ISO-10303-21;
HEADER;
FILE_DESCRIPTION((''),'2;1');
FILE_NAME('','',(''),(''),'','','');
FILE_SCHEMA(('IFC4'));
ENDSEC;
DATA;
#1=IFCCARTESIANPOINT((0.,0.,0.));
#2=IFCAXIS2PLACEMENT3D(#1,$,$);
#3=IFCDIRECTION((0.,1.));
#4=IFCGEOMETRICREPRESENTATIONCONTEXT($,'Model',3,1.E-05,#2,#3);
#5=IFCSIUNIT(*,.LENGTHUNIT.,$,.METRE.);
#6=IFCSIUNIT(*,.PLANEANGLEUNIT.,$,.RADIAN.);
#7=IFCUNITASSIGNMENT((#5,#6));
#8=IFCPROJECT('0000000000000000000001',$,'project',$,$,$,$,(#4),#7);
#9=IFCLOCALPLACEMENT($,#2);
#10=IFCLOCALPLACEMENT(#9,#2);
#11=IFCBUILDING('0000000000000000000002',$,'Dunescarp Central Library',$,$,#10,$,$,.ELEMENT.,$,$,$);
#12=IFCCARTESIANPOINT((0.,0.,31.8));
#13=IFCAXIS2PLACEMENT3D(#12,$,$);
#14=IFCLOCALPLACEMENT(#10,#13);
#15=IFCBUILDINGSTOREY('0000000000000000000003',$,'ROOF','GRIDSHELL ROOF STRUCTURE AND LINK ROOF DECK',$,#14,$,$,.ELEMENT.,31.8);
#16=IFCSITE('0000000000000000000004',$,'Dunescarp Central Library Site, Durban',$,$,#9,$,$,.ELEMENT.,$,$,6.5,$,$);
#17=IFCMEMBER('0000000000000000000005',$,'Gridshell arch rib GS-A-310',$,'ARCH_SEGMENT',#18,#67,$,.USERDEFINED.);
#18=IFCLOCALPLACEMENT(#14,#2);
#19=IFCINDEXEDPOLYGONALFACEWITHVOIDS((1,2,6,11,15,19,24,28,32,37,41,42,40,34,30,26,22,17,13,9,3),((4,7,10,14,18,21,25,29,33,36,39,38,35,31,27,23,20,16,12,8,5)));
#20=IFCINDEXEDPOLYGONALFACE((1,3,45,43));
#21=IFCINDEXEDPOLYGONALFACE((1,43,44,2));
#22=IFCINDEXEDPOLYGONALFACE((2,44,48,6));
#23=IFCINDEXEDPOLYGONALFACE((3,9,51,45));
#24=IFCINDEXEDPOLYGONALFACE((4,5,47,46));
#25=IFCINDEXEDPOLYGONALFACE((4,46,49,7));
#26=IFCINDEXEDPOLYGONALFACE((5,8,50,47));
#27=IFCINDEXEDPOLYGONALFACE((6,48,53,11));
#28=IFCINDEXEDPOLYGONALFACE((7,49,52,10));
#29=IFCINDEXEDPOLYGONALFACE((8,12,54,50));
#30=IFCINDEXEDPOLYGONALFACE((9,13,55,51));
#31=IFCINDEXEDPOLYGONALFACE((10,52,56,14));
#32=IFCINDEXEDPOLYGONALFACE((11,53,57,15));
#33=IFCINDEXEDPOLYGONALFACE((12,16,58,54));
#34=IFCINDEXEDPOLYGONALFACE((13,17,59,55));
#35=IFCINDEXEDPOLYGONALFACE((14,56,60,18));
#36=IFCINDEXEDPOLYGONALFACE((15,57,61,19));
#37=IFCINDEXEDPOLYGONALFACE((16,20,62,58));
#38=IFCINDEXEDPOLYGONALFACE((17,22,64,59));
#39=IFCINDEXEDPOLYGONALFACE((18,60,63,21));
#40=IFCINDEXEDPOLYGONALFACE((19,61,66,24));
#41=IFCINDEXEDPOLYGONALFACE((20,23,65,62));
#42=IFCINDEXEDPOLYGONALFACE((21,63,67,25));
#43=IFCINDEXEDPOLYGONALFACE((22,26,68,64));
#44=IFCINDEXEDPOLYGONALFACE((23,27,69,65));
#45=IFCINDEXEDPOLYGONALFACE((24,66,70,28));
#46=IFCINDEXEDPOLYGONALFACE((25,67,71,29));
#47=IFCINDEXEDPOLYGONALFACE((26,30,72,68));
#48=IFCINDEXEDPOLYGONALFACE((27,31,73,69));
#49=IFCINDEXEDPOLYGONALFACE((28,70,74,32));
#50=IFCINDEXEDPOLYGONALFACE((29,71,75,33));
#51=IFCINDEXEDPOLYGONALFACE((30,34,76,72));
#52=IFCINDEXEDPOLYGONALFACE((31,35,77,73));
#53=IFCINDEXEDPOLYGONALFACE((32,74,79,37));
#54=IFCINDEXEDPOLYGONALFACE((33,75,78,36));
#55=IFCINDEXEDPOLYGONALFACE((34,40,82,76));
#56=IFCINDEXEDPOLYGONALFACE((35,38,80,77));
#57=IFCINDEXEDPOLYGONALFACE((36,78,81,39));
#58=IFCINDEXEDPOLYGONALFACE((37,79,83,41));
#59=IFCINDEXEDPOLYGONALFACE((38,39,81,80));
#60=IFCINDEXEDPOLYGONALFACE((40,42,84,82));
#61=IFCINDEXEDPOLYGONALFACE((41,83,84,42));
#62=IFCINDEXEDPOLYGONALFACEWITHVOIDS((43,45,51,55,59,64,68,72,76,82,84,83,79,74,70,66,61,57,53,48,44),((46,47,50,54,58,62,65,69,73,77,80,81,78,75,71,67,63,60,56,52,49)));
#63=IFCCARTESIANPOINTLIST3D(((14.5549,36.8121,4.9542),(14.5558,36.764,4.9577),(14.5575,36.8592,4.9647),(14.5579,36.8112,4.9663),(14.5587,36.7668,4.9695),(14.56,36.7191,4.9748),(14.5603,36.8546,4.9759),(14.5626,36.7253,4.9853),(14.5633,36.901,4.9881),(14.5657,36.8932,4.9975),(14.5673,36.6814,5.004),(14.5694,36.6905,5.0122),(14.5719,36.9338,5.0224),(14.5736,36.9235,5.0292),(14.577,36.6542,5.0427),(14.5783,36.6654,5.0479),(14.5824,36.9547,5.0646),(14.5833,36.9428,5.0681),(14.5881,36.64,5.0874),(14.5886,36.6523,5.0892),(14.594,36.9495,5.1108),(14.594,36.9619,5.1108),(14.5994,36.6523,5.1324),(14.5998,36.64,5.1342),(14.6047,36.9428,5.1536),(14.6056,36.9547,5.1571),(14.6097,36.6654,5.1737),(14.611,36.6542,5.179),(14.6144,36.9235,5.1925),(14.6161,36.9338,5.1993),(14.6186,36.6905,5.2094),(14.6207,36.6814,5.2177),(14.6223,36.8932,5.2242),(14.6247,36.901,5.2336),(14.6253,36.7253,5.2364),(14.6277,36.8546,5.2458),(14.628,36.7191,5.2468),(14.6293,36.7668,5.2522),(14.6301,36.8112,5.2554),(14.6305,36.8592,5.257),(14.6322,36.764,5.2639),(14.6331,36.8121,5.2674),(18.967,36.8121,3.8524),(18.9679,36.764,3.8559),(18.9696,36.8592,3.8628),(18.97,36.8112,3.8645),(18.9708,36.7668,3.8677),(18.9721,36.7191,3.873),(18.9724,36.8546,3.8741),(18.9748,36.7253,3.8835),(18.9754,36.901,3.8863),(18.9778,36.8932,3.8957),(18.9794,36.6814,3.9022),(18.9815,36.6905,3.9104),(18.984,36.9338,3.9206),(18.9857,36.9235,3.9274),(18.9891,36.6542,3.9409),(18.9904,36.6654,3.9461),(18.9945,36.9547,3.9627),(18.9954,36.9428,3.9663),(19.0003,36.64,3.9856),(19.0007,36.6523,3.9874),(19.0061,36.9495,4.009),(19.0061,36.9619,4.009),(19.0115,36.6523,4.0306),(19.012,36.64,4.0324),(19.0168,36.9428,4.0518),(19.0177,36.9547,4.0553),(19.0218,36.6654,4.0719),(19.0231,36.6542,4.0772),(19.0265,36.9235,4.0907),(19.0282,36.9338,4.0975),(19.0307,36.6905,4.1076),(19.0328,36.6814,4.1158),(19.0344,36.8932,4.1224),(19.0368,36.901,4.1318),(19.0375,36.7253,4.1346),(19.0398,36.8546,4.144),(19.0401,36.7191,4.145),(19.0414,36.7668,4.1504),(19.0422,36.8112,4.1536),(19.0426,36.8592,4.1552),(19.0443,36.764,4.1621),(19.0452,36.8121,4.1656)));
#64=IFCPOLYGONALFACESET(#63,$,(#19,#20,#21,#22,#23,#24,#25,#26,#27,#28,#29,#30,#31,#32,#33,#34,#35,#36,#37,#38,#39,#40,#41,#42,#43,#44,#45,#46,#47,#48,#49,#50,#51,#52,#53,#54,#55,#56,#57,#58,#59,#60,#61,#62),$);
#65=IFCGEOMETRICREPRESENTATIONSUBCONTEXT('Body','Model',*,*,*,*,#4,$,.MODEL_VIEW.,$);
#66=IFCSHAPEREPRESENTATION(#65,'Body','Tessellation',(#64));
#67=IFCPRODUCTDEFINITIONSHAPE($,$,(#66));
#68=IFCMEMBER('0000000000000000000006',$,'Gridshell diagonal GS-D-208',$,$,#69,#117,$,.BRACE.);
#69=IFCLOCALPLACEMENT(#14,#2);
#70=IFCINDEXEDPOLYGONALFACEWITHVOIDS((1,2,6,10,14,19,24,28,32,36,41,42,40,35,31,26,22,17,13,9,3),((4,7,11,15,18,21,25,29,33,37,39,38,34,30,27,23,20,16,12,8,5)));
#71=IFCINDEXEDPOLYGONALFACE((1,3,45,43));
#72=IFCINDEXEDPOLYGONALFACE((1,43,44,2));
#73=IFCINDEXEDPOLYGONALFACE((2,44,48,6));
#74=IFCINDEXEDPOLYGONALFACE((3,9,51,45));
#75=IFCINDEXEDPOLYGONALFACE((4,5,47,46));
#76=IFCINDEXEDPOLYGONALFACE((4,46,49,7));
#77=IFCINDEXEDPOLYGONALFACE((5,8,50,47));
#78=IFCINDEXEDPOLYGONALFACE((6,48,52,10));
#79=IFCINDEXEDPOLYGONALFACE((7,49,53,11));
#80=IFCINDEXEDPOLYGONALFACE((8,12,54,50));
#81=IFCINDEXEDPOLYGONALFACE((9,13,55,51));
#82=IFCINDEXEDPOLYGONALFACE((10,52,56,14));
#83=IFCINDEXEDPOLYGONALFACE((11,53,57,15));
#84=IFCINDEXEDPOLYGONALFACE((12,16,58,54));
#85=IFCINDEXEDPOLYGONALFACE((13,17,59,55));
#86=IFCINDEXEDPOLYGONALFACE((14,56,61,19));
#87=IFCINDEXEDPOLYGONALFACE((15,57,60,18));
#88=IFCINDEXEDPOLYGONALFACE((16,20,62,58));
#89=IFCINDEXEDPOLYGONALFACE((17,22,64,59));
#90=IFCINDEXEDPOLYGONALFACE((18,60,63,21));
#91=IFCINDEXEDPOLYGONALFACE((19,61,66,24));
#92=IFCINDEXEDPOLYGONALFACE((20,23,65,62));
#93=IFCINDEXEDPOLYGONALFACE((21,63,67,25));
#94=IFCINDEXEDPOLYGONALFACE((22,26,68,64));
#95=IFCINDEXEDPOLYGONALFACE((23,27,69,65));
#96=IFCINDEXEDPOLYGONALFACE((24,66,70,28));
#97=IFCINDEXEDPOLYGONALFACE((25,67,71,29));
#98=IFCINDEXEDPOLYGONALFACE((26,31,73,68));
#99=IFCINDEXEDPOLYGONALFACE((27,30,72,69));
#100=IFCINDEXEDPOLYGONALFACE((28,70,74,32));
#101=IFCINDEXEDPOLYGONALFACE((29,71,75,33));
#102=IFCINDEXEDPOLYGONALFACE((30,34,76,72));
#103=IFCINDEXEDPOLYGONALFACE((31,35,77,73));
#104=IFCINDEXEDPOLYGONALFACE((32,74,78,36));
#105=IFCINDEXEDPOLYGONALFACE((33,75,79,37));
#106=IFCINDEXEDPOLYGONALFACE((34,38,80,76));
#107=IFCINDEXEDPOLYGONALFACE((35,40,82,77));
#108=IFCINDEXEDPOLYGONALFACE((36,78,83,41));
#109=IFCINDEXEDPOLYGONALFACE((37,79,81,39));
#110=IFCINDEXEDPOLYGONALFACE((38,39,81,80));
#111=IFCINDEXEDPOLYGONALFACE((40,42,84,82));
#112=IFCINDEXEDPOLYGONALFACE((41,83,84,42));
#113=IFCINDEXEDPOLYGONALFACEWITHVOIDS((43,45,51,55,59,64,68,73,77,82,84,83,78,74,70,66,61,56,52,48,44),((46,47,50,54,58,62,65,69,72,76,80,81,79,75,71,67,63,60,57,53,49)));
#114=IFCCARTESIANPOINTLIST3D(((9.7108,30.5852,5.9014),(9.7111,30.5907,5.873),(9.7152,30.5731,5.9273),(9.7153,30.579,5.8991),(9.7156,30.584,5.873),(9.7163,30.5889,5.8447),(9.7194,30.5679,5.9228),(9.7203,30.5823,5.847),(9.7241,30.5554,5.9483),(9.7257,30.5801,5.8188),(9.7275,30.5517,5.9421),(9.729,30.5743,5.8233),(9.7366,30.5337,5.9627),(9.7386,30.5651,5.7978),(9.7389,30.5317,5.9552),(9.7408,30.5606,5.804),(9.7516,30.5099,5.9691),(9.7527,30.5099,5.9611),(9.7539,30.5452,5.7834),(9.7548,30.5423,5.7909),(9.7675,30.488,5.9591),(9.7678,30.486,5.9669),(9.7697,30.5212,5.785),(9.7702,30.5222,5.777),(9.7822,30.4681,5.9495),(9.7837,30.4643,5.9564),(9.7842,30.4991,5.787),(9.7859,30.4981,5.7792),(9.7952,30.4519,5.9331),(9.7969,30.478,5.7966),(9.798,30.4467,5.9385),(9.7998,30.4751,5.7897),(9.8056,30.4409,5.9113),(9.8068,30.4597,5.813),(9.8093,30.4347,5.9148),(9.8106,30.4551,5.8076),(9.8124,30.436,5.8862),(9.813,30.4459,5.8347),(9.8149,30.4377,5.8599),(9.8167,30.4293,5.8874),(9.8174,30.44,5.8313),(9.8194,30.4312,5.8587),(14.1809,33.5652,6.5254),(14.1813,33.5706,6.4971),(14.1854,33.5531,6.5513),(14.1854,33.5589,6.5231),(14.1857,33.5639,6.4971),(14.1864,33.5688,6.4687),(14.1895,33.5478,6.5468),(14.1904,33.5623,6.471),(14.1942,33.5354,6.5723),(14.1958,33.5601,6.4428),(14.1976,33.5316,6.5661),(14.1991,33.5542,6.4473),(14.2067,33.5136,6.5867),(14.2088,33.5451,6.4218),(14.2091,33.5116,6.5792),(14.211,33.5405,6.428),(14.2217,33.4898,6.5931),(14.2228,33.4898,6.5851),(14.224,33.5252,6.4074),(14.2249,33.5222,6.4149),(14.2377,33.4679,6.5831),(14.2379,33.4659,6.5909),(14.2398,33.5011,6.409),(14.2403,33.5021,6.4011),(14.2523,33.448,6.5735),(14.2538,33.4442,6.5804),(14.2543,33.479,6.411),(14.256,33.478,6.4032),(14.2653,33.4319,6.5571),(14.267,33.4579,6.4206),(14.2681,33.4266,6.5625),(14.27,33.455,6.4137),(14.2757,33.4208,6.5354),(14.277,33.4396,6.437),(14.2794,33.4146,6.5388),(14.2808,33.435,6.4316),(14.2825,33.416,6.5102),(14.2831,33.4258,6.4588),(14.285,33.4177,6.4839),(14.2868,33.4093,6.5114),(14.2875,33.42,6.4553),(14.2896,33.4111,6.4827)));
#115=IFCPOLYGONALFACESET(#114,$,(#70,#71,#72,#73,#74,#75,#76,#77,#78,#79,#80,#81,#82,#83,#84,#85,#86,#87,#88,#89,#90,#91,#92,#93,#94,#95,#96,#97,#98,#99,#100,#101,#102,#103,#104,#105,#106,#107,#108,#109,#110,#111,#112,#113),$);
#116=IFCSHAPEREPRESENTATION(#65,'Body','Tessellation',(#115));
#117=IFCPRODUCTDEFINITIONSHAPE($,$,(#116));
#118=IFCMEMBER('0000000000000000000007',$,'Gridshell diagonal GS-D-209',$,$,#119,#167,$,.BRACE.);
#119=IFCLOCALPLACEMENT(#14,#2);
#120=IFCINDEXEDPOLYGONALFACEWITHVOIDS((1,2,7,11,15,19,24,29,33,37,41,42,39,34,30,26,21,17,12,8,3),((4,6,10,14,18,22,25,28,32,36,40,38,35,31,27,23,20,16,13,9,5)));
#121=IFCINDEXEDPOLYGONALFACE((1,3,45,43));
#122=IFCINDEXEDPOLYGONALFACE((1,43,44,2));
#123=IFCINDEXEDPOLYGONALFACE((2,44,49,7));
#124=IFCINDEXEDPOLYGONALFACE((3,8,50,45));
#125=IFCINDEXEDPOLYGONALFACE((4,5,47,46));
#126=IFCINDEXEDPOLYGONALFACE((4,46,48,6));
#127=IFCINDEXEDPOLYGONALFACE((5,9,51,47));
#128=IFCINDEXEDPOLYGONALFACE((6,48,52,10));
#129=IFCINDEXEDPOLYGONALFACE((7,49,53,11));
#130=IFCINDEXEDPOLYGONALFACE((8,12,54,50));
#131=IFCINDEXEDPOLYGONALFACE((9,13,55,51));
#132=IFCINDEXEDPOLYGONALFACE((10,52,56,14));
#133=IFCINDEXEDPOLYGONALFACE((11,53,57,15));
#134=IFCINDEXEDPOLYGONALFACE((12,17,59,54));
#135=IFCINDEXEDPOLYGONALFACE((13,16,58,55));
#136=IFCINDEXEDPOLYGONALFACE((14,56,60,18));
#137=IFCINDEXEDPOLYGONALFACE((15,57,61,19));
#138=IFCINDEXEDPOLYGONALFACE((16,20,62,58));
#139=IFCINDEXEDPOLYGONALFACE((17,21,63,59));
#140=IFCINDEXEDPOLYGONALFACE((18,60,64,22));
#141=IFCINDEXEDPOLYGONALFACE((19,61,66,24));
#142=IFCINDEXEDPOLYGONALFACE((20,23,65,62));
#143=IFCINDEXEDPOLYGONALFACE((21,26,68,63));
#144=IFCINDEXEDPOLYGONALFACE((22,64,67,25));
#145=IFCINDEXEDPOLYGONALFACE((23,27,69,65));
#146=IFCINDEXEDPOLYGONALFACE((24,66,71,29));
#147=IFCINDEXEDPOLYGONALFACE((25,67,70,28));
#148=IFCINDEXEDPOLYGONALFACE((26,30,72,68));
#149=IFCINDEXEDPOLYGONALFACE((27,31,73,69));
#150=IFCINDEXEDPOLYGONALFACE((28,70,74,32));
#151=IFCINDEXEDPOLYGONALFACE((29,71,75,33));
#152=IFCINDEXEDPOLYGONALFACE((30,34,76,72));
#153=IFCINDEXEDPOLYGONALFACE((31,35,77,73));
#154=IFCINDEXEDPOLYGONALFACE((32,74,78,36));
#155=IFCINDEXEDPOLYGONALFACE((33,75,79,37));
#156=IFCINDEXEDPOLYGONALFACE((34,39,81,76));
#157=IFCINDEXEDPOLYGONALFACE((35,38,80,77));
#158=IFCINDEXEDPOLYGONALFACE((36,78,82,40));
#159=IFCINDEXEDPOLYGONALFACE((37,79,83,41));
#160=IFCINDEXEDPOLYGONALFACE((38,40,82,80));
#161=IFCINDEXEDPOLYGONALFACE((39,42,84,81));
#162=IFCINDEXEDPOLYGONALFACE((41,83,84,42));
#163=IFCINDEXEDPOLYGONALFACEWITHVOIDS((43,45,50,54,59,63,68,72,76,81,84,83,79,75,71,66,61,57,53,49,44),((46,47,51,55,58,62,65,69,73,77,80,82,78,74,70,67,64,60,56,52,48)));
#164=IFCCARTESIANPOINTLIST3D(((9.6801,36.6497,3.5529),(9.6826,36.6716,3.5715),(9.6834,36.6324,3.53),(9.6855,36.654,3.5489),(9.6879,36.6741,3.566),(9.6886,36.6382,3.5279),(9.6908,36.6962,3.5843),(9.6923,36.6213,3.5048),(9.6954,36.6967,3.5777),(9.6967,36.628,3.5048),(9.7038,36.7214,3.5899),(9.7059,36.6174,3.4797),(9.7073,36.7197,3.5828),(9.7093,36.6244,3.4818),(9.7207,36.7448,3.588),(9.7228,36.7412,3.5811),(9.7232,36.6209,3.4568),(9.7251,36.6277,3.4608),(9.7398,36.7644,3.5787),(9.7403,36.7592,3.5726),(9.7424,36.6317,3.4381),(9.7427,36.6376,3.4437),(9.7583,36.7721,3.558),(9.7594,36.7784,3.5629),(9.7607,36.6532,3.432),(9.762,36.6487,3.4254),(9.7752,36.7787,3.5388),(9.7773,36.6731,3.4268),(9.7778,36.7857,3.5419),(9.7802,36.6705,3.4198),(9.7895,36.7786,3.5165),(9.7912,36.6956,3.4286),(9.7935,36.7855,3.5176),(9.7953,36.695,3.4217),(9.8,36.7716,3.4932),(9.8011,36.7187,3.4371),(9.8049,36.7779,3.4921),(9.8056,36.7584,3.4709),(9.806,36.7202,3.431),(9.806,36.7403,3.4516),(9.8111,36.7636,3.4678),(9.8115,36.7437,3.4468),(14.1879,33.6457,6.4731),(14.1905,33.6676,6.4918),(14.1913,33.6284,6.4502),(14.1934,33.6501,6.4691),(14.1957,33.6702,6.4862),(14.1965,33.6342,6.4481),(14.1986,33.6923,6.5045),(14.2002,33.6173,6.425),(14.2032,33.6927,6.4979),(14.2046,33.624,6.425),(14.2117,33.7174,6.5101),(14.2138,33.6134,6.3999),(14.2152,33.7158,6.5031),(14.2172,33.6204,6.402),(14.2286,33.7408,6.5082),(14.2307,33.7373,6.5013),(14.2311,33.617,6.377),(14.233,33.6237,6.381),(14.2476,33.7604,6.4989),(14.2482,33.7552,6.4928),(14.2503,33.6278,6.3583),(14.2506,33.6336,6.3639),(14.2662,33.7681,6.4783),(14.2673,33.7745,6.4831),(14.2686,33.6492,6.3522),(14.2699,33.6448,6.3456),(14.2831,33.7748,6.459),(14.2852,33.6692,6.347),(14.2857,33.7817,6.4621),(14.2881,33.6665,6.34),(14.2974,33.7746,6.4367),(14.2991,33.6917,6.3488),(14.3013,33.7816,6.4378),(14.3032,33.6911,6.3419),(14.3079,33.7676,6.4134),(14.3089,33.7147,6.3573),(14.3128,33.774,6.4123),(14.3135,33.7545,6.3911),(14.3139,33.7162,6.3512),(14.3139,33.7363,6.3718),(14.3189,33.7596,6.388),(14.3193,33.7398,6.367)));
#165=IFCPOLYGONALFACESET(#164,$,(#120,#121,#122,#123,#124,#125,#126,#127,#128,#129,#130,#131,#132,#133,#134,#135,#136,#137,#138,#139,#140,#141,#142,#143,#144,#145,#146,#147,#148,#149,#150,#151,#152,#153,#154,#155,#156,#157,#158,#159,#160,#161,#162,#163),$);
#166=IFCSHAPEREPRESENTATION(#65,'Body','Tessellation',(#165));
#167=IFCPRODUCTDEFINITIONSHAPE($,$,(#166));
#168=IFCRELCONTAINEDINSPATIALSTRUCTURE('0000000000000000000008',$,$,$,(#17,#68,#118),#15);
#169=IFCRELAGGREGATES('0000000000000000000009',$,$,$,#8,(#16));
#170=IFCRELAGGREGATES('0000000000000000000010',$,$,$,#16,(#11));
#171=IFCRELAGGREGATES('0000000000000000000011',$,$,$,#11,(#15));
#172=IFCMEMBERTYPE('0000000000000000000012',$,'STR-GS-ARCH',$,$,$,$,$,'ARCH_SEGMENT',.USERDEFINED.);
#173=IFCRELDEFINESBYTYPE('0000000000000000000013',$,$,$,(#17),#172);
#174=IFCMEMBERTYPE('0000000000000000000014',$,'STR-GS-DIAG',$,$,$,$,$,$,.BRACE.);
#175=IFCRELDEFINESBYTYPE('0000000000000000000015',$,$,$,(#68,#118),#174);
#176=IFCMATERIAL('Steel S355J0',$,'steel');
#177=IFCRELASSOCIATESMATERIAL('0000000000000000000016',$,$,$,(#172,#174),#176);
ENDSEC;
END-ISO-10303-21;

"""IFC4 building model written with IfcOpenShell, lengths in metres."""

from ifc_helpers import new_model, si_unit, direction, frame, origin, origin_2d, place, context, subcontext, project, spatial, hollow_circle, extrude, material, material_profile, profile_set, type_object, element, save


model = new_model("IFC4")

# Units and contexts
model_context = context("Model", 3, precision=1e-05, world=origin(), true_north=direction((0.0, 1.0)))
body_context = subcontext(model_context, "Body", "Model", "MODEL_VIEW")
ifc_project = project(units=[si_unit("LENGTHUNIT", "METRE"), si_unit("PLANEANGLEUNIT", "RADIAN")], contexts=[model_context])

# Site, building, storey
site_placement = place(None, origin())
site = spatial("IfcSite", under=ifc_project, at=site_placement, Name="Dunescarp Central Library Site, Durban", CompositionType="ELEMENT", RefElevation=6.5)
building_placement = place(site_placement, origin())
building = spatial("IfcBuilding", under=site, at=building_placement, Name="Dunescarp Central Library", CompositionType="ELEMENT")
storey_placement = place(building_placement, frame((0.0, 0.0, 31.8)))
storey = spatial("IfcBuildingStorey", under=building, at=storey_placement, Name="ROOF", Description="GRIDSHELL ROOF STRUCTURE AND LINK ROOF DECK", CompositionType="ELEMENT", Elevation=31.8)

# Members
ifc_material_1 = material(Name="Steel S355J0", Category="steel")
ifc_material_profile_1 = material_profile(ifc_material_1, hollow_circle(Radius=0.1619, WallThickness=0.0125, at=origin_2d()), Name="CHS 323.9x12.5")
ifc_profile_set_1 = profile_set([ifc_material_profile_1], Name="Steel S355J0")
member_type_1 = type_object("IfcMemberType", Name="STR-GS-ARCH", ElementType="ARCH_SEGMENT", PredefinedType="USERDEFINED", material=ifc_profile_set_1)
member_1_placement = place(storey_placement, frame((14.594, 36.8, 5.1108), z_axis=(0.970206, 0.0, -0.242283), x_axis=(0.0, 1.0, 0.0)))
element("IfcMember", 1, at=member_1_placement, inside=storey, type_object=member_type_1, Name="Gridshell arch rib GS-A-310", ObjectType="ARCH_SEGMENT", PredefinedType="USERDEFINED", context=body_context, shape_type="SweptSolid", body=[
    extrude(hollow_circle(Radius=0.1619, WallThickness=0.0125, at=origin_2d()), origin(), (0.0, 0.0, 1.0), 4.5476),
])
ifc_material_profile_2 = material_profile(ifc_material_1, hollow_circle(Radius=0.0969, WallThickness=0.0081, at=origin_2d()), Name="CHS 193.7x8")
ifc_profile_set_2 = profile_set([ifc_material_profile_2], Name="Steel S355J0")
member_type_2 = type_object("IfcMemberType", Name="STR-GS-DIAG", PredefinedType="BRACE", material=ifc_profile_set_2)
member_2_placement = place(storey_placement, frame((9.7649, 30.51, 5.873), z_axis=(0.826508, 0.550975, 0.115377), x_axis=(-0.554679, 0.832064, 0.0)))
element("IfcMember", 2, at=member_2_placement, inside=storey, type_object=member_type_2, Name="Gridshell diagonal GS-D-208", PredefinedType="BRACE", context=body_context, shape_type="SweptSolid", body=[
    extrude(hollow_circle(Radius=0.0969, WallThickness=0.0081, at=origin_2d()), origin(), (0.0, 0.0, 1.0), 5.4084),
])
member_3_placement = place(storey_placement, frame((14.2539, 33.698, 6.425), z_axis=(-0.732506, 0.488126, -0.474518), x_axis=(-0.554534, -0.832161, 0.0)))
element("IfcMember", 3, at=member_3_placement, inside=storey, type_object=member_type_2, Name="Gridshell diagonal GS-D-209", PredefinedType="BRACE", context=body_context, shape_type="SweptSolid", body=[
    extrude(hollow_circle(Radius=0.0969, WallThickness=0.0081, at=origin_2d()), origin(), (0.0, 0.0, 1.0), 6.1541),
])

save(model, "model.ifc")
